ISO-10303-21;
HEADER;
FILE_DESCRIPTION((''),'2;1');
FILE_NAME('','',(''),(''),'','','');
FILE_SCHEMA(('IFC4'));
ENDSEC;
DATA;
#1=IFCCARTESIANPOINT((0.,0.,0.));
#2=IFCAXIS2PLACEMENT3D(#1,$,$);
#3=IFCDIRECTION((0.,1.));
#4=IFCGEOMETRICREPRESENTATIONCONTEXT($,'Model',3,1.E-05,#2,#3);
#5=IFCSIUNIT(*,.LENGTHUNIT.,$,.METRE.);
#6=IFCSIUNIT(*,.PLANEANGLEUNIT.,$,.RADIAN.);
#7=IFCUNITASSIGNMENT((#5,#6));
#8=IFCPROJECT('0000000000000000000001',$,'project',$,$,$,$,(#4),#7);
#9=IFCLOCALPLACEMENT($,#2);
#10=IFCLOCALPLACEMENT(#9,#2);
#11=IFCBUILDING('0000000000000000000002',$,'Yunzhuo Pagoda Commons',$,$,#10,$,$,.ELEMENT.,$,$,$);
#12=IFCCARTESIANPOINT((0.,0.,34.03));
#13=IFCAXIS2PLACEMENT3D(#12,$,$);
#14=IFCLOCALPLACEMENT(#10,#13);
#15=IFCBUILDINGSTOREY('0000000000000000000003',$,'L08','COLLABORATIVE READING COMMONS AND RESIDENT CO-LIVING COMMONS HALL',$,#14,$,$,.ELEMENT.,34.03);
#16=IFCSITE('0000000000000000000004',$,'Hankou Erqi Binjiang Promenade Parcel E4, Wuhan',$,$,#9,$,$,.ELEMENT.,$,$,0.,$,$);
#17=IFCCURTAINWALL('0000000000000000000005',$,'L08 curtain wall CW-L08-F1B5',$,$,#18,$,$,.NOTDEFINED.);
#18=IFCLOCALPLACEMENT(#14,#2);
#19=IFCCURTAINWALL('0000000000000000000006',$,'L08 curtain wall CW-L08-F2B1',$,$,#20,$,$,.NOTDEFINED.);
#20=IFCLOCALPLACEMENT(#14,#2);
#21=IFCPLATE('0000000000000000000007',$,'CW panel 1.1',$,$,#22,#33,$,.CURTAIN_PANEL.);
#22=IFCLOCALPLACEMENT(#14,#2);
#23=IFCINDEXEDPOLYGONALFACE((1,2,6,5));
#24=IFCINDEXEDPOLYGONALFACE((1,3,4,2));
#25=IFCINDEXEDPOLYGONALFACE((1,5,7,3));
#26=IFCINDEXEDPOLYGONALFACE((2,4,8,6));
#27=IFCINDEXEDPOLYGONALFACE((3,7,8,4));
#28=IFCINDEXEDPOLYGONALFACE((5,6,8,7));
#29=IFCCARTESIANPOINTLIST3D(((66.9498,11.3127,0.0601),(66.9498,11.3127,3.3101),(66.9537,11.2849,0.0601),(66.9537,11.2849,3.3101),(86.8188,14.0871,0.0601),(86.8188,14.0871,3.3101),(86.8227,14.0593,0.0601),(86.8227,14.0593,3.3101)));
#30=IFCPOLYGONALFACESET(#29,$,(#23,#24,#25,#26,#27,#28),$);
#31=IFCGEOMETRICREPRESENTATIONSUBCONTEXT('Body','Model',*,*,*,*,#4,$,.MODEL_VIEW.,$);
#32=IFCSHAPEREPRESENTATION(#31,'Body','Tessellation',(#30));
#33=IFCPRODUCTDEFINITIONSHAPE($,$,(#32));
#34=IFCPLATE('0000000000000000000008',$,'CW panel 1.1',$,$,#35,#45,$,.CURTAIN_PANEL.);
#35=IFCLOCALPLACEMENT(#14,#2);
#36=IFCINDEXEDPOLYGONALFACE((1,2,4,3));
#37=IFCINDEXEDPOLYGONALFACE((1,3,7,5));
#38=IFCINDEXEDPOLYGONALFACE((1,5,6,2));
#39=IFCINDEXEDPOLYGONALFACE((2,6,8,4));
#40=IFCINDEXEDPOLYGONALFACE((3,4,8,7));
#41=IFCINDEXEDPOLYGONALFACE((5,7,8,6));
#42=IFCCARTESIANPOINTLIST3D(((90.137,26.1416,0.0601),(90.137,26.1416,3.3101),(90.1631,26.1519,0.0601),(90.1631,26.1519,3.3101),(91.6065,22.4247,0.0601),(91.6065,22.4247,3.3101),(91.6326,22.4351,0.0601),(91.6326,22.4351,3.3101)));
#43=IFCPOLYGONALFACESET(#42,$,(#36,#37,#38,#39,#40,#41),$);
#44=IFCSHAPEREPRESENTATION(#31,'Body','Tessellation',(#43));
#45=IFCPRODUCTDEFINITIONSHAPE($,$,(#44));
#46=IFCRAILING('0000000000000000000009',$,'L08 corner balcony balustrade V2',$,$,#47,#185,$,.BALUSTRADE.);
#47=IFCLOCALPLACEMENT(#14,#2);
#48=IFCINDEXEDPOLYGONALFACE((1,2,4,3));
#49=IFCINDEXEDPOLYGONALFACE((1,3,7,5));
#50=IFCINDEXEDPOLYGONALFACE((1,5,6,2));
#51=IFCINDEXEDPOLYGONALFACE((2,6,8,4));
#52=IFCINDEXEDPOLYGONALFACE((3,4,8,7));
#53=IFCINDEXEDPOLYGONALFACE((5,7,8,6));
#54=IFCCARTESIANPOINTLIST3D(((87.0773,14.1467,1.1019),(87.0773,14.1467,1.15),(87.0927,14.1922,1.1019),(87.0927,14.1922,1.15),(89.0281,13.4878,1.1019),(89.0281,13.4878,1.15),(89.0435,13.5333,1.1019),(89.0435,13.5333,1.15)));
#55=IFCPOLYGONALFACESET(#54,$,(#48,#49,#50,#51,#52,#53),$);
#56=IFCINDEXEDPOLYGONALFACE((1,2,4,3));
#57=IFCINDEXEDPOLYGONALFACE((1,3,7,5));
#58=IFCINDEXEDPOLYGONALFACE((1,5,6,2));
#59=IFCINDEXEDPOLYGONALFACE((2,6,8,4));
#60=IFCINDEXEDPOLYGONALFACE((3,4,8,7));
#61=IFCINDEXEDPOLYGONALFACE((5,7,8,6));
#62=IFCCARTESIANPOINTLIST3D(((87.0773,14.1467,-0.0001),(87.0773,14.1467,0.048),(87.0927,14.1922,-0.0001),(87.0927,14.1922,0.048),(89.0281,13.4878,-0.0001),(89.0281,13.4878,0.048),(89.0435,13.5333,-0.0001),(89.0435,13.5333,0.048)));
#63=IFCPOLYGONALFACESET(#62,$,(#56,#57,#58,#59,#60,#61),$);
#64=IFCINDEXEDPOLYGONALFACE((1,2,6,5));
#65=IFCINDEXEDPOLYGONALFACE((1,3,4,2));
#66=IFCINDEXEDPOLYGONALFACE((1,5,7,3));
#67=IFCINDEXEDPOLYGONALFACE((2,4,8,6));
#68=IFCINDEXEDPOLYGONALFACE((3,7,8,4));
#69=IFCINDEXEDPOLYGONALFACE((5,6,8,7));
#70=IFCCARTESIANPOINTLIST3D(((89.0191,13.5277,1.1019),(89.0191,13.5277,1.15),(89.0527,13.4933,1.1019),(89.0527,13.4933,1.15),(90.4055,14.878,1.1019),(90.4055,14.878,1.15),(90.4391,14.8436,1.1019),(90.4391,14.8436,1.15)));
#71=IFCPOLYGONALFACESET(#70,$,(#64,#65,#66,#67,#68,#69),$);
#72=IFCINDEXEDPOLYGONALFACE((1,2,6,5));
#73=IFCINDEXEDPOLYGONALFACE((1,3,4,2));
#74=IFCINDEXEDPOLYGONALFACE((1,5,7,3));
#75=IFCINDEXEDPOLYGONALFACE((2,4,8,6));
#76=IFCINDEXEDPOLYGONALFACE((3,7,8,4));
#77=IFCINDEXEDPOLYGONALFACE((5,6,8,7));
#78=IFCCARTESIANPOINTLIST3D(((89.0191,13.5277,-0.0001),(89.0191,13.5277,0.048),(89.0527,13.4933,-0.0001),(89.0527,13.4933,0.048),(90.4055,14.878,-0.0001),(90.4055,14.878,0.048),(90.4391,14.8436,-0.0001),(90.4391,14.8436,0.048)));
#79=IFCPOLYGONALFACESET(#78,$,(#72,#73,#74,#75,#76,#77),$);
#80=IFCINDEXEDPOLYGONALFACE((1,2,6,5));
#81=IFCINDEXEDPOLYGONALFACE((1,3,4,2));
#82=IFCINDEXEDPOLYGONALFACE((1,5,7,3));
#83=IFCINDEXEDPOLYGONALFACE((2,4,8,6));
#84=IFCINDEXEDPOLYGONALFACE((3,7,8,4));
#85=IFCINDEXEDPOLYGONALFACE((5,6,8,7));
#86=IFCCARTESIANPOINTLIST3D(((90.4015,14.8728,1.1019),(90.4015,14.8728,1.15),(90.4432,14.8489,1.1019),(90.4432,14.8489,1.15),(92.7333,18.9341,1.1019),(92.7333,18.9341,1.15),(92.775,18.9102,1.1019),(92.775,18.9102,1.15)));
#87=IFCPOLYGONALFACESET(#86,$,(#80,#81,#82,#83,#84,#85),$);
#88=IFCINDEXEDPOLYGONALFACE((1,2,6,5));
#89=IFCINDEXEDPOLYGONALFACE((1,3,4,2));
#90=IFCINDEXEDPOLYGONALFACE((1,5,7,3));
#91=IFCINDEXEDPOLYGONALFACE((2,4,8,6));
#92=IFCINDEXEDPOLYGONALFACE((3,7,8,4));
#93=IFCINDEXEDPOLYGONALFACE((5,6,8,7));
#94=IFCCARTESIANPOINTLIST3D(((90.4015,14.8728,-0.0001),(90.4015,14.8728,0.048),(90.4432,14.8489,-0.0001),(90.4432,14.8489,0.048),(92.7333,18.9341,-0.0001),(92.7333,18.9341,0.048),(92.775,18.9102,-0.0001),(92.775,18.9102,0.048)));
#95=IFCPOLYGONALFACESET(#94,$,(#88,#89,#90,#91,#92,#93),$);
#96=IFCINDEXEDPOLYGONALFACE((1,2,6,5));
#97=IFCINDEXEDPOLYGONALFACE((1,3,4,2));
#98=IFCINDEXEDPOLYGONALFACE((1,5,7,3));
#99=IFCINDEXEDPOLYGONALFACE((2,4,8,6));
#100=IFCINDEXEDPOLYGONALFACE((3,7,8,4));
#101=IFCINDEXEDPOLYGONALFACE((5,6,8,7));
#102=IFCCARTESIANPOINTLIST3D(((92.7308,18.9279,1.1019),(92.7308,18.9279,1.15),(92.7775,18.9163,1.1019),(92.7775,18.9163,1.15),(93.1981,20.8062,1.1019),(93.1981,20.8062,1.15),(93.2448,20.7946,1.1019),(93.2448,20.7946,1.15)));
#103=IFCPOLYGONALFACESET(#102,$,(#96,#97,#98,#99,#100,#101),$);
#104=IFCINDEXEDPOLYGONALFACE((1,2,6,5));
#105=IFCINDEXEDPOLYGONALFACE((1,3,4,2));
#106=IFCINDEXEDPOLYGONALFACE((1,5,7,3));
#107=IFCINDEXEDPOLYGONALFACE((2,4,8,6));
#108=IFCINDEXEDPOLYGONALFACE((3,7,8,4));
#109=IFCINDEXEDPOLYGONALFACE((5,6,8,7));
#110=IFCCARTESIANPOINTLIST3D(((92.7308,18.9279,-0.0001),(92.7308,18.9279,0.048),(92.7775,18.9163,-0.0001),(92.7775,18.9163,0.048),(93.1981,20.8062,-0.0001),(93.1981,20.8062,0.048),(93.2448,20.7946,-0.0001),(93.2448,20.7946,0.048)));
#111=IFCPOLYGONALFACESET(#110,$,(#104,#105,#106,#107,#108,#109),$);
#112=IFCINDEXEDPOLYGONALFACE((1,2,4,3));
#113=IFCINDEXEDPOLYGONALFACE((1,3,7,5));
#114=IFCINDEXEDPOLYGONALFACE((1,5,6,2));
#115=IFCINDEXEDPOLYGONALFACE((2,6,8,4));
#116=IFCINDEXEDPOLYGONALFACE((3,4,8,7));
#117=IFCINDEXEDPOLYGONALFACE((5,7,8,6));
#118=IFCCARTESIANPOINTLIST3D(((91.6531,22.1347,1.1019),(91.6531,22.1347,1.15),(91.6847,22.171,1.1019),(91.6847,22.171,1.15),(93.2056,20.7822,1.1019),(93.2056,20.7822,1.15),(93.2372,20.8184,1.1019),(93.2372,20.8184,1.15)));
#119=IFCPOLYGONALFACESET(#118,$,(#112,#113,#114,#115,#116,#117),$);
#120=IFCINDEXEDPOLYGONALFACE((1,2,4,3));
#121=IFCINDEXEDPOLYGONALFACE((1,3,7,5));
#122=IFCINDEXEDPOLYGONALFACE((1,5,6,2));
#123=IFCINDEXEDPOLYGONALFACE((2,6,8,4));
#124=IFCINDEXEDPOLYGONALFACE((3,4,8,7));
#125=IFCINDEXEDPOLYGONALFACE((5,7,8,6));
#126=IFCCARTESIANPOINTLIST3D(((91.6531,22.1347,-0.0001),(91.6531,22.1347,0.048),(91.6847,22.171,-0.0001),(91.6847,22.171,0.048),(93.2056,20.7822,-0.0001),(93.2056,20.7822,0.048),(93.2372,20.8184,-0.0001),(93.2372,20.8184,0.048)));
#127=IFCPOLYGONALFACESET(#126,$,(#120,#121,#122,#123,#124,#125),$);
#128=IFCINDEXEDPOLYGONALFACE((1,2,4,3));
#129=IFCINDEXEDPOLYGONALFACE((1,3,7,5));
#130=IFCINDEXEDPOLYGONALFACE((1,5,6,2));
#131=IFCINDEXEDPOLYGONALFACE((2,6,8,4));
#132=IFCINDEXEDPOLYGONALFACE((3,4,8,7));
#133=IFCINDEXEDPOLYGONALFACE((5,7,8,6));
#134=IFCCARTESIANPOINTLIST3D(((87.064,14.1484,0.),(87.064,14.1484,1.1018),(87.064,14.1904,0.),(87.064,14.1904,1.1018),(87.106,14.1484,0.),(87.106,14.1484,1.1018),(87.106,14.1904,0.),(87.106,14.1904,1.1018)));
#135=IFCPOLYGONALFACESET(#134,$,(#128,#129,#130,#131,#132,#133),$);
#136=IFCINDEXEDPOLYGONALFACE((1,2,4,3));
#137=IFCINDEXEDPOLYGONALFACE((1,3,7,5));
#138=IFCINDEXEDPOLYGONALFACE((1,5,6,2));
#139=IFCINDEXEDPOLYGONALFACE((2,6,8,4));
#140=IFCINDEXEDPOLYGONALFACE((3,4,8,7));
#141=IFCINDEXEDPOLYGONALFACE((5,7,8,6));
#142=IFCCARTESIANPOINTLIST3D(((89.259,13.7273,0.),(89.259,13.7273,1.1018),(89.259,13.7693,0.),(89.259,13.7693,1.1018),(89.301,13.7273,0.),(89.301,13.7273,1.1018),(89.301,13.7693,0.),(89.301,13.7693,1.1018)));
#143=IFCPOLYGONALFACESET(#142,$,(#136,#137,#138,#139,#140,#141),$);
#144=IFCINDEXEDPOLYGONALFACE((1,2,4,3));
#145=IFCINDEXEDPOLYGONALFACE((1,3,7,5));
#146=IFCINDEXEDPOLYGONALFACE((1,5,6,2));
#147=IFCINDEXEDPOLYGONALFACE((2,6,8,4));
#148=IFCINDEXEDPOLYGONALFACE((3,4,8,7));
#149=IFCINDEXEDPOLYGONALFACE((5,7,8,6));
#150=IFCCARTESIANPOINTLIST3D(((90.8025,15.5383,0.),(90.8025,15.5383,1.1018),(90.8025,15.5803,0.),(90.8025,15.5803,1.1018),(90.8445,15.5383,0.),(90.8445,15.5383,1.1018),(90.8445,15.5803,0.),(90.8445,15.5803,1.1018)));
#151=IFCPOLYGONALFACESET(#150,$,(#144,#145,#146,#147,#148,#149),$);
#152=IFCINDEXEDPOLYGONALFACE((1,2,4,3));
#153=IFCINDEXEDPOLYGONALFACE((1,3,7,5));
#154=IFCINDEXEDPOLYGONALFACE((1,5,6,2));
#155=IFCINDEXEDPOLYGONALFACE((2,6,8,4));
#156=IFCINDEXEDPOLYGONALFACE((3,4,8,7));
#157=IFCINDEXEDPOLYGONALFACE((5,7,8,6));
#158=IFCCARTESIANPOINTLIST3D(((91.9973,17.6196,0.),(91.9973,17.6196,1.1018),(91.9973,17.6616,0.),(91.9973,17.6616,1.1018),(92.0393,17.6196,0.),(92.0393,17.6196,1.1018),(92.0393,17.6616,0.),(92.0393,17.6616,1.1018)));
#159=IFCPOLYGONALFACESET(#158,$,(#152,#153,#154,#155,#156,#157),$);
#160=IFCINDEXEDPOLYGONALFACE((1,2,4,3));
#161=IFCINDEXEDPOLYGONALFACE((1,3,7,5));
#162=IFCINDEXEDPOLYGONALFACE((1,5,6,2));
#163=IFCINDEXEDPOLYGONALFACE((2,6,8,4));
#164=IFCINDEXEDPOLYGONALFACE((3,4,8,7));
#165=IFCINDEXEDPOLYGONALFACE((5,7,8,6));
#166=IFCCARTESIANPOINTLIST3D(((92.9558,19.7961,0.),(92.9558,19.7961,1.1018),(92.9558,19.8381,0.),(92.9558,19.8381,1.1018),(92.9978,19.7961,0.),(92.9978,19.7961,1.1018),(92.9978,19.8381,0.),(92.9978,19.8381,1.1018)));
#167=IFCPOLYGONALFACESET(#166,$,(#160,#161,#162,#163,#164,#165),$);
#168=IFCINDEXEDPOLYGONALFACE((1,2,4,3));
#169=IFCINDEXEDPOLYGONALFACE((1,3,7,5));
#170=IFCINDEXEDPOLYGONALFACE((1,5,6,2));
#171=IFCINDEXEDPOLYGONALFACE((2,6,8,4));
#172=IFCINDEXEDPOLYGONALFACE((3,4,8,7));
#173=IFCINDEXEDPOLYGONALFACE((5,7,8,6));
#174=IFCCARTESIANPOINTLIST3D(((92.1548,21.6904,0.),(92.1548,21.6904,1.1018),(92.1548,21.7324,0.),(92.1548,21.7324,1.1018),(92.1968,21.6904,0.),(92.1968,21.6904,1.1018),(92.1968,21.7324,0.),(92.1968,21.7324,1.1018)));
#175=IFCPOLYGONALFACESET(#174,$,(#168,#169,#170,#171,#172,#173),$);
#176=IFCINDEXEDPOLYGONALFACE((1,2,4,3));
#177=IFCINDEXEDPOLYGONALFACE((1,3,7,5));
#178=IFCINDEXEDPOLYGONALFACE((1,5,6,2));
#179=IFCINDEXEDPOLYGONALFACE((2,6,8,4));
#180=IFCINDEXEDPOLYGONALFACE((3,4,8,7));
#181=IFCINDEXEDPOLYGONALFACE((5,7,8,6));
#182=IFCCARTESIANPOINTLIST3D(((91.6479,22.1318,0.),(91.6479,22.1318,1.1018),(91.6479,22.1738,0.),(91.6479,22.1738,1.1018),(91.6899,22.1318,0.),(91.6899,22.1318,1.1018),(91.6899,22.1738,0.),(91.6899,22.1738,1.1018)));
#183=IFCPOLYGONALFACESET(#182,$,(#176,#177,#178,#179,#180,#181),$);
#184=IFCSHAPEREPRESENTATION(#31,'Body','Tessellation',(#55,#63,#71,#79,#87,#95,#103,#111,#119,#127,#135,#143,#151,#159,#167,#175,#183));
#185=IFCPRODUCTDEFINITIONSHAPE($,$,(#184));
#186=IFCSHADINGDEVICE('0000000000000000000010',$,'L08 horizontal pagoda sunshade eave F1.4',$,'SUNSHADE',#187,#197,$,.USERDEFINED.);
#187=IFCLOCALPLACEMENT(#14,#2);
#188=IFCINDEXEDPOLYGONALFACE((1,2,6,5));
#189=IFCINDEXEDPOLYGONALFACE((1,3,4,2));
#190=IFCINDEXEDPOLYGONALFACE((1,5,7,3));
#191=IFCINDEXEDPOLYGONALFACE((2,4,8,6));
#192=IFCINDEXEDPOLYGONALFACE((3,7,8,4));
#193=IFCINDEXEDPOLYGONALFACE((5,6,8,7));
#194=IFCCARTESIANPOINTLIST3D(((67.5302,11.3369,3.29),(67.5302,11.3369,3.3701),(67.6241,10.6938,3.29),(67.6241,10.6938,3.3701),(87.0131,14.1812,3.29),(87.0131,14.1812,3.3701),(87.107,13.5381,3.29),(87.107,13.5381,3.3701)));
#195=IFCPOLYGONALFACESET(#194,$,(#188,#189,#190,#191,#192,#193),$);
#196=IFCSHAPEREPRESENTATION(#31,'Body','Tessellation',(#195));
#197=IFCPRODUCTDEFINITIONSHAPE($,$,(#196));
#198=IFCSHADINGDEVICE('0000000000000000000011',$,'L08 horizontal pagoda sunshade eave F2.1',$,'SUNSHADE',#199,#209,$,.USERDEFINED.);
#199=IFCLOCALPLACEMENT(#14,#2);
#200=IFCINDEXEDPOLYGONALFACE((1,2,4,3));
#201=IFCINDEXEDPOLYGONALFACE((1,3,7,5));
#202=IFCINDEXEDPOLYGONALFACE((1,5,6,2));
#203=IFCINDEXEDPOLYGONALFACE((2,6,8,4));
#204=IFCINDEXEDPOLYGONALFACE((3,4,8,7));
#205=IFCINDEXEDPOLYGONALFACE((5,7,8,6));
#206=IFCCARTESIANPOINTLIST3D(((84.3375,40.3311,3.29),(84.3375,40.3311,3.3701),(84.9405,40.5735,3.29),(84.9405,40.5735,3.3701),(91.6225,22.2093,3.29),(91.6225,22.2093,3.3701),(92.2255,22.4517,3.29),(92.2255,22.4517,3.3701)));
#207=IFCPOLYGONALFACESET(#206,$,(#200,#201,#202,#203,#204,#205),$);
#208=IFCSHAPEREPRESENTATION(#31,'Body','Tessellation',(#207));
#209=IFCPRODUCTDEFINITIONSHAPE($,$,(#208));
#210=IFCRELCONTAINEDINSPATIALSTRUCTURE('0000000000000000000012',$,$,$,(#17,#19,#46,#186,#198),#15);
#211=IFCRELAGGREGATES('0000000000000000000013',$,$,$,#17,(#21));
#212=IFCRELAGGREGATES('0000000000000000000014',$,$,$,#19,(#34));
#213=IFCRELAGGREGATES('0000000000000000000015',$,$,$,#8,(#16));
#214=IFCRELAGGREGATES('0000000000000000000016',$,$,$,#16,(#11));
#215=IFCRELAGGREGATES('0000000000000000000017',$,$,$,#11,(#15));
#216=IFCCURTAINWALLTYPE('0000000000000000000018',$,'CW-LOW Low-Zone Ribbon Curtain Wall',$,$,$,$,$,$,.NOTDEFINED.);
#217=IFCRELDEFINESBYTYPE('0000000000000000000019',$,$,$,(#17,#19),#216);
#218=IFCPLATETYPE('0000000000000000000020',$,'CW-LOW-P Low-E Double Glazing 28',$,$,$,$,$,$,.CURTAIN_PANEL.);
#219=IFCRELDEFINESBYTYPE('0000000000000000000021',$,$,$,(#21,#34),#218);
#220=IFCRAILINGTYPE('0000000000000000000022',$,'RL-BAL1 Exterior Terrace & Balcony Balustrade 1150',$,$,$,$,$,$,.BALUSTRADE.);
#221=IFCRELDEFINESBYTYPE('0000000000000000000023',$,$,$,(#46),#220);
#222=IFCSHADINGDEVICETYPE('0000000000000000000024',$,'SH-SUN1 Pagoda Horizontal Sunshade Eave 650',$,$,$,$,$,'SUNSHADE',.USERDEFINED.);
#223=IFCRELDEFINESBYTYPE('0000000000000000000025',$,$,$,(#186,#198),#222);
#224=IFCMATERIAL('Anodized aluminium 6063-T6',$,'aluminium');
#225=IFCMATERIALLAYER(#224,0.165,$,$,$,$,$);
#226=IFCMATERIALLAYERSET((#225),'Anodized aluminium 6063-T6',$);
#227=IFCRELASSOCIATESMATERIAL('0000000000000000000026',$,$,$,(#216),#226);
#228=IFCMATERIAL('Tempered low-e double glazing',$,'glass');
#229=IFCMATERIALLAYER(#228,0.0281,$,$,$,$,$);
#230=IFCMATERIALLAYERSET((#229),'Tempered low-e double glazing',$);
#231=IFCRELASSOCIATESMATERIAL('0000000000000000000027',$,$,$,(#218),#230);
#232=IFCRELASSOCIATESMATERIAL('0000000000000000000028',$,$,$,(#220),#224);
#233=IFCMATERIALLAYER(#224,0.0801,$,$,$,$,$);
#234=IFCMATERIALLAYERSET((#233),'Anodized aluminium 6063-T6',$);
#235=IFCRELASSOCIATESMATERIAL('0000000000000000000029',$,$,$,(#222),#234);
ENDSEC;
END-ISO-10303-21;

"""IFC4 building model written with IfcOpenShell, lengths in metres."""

from ifc_helpers import new_model, si_unit, direction, frame, origin, origin_2d, place, context, subcontext, project, spatial, rectangle, extrude, source, transform, mapped, material, layer, layer_set, type_object, element, aggregate, save


model = new_model("IFC4")

# Units and contexts
model_context = context("Model", 3, precision=1e-05, world=origin(), true_north=direction((0.0, 1.0)))
body_context = subcontext(model_context, "Body", "Model", "MODEL_VIEW")
ifc_project = project(units=[si_unit("LENGTHUNIT", "METRE"), si_unit("PLANEANGLEUNIT", "RADIAN")], contexts=[model_context])

# Site, building, storey
site_placement = place(None, origin())
site = spatial("IfcSite", under=ifc_project, at=site_placement, Name="Hankou Erqi Binjiang Promenade Parcel E4, Wuhan", CompositionType="ELEMENT", RefElevation=0.0)
building_placement = place(site_placement, origin())
building = spatial("IfcBuilding", under=site, at=building_placement, Name="Yunzhuo Pagoda Commons", CompositionType="ELEMENT")
storey_placement = place(building_placement, frame((0.0, 0.0, 34.03)))
storey = spatial("IfcBuildingStorey", under=building, at=storey_placement, Name="L08", Description="COLLABORATIVE READING COMMONS AND RESIDENT CO-LIVING COMMONS HALL", CompositionType="ELEMENT", Elevation=34.03)

# Curtain wall
ifc_material_1 = material(Name="Anodized aluminium 6063-T6", Category="aluminium")
ifc_layer_1 = layer(ifc_material_1, 0.165)
ifc_layer_set_1 = layer_set([ifc_layer_1], Name="Anodized aluminium 6063-T6")
curtain_wall_type = type_object("IfcCurtainWallType", Name="CW-LOW Low-Zone Ribbon Curtain Wall", PredefinedType="NOTDEFINED", material=ifc_layer_set_1)
curtain_wall_1_placement = place(storey_placement, origin())
curtain_wall_1 = element("IfcCurtainWall", 1, at=curtain_wall_1_placement, inside=storey, type_object=curtain_wall_type, Name="L08 curtain wall CW-L08-F1B5", PredefinedType="NOTDEFINED")

# Curtain wall
curtain_wall_2_placement = place(storey_placement, origin())
curtain_wall_2 = element("IfcCurtainWall", 2, at=curtain_wall_2_placement, inside=storey, type_object=curtain_wall_type, Name="L08 curtain wall CW-L08-F2B1", PredefinedType="NOTDEFINED")

# Shared definitions
ifc_material_2 = material(Name="Tempered low-e double glazing", Category="glass")
ifc_layer_2 = layer(ifc_material_2, 0.0281)
ifc_layer_set_2 = layer_set([ifc_layer_2], Name="Tempered low-e double glazing")
plate_type_1 = type_object("IfcPlateType", Name="CW-LOW-P Low-E Double Glazing 28", PredefinedType="CURTAIN_PANEL", material=ifc_layer_set_2)

# Plates
shared_shape_1 = source(origin(), body_context, "Body", "SweptSolid", [
    extrude(rectangle(XDim=20.0618, YDim=0.0281, at=origin_2d()), origin(), (0.0, 0.0, 1.0), 3.25),
])
plate_1_placement = place(storey_placement, frame((76.8862, 12.686, 0.0601), z_axis=(0.0, 0.0, 1.0), x_axis=(0.990391, 0.138294, 0.0)))
plate_1 = element("IfcPlate", 3, at=plate_1_placement, type_object=plate_type_1, Name="CW panel 1.1", PredefinedType="CURTAIN_PANEL", context=body_context, shape_type="MappedRepresentation", body=[
    mapped(shared_shape_1, transform((0.0, 0.0, 0.0), scale=1.0)),
])
aggregate(curtain_wall_1, [plate_1])
shared_shape_2 = source(origin(), body_context, "Body", "SweptSolid", [
    extrude(rectangle(XDim=3.9968, YDim=0.0281, at=origin_2d()), origin(), (0.0, 0.0, 1.0), 3.25),
])
plate_2_placement = place(storey_placement, frame((90.8848, 24.2883, 0.0601), z_axis=(0.0, 0.0, 1.0), x_axis=(-0.367665, 0.929958, 0.0)))
plate_2 = element("IfcPlate", 4, at=plate_2_placement, type_object=plate_type_1, Name="CW panel 1.1", PredefinedType="CURTAIN_PANEL", context=body_context, shape_type="MappedRepresentation", body=[
    mapped(shared_shape_2, transform((0.0, 0.0, 0.0), scale=1.0)),
])
aggregate(curtain_wall_2, [plate_2])

# Railing
railing_type = type_object("IfcRailingType", Name="RL-BAL1 Exterior Terrace & Balcony Balustrade 1150", PredefinedType="BALUSTRADE", material=ifc_material_1)
railing_placement = place(storey_placement, frame((87.085, 14.1694, 0.0)))
element("IfcRailing", 5, at=railing_placement, inside=storey, type_object=railing_type, Name="L08 corner balcony balustrade V2", PredefinedType="BALUSTRADE", context=body_context, shape_type="SweptSolid", body=[
    extrude(rectangle(XDim=0.0481, YDim=0.0481, at=origin_2d()), frame((0.0, 0.0, 1.126), z_axis=(0.947419, -0.319996, 0.0), x_axis=(0.319996, 0.947419, 0.0)), (0.0, 0.0, 1.0), 2.0591),
    extrude(rectangle(XDim=0.0481, YDim=0.0481, at=origin_2d()), frame((0.0, 0.0, 0.0239), z_axis=(0.947419, -0.319996, 0.0), x_axis=(0.319996, 0.947419, 0.0)), (0.0, 0.0, 1.0), 2.0591),
    extrude(rectangle(XDim=0.0481, YDim=0.0481, at=origin_2d()), frame((1.9509, -0.6589, 1.126), z_axis=(0.71638, 0.69771, 0.0), x_axis=(-0.69771, 0.71638, 0.0)), (0.0, 0.0, 1.0), 1.9353),
    extrude(rectangle(XDim=0.0481, YDim=0.0481, at=origin_2d()), frame((1.9509, -0.6589, 0.0239), z_axis=(0.71638, 0.69771, 0.0), x_axis=(-0.69771, 0.71638, 0.0)), (0.0, 0.0, 1.0), 1.9353),
    extrude(rectangle(XDim=0.0481, YDim=0.0481, at=origin_2d()), frame((3.3374, 0.6914, 1.126), z_axis=(0.497918, 0.867224, 0.0), x_axis=(-0.867224, 0.497918, 0.0)), (0.0, 0.0, 1.0), 4.6831),
    extrude(rectangle(XDim=0.0481, YDim=0.0481, at=origin_2d()), frame((3.3374, 0.6914, 0.0239), z_axis=(0.497918, 0.867224, 0.0), x_axis=(-0.867224, 0.497918, 0.0)), (0.0, 0.0, 1.0), 4.6831),
    extrude(rectangle(XDim=0.0481, YDim=0.0481, at=origin_2d()), frame((5.6692, 4.7527, 1.126), z_axis=(0.241437, 0.970416, 0.0), x_axis=(-0.970416, 0.241437, 0.0)), (0.0, 0.0, 1.0), 1.9355),
    extrude(rectangle(XDim=0.0481, YDim=0.0481, at=origin_2d()), frame((5.6692, 4.7527, 0.0239), z_axis=(0.241437, 0.970416, 0.0), x_axis=(-0.970416, 0.241437, 0.0)), (0.0, 0.0, 1.0), 1.9355),
    extrude(rectangle(XDim=0.0481, YDim=0.0481, at=origin_2d()), frame((6.1365, 6.6309, 1.126), z_axis=(-0.753993, 0.656883, 0.0), x_axis=(-0.656883, -0.753993, 0.0)), (0.0, 0.0, 1.0), 2.0591),
    extrude(rectangle(XDim=0.0481, YDim=0.0481, at=origin_2d()), frame((6.1365, 6.6309, 0.0239), z_axis=(-0.753993, 0.656883, 0.0), x_axis=(-0.656883, -0.753993, 0.0)), (0.0, 0.0, 1.0), 2.0591),
    extrude(rectangle(XDim=0.042, YDim=0.042, at=origin_2d()), origin(), (0.0, 0.0, 1.0), 1.1018),
    extrude(rectangle(XDim=0.042, YDim=0.042, at=origin_2d()), frame((2.1951, -0.4211, 0.0)), (0.0, 0.0, 1.0), 1.1018),
    extrude(rectangle(XDim=0.042, YDim=0.042, at=origin_2d()), frame((3.7385, 1.3899, 0.0)), (0.0, 0.0, 1.0), 1.1018),
    extrude(rectangle(XDim=0.042, YDim=0.042, at=origin_2d()), frame((4.9333, 3.4712, 0.0)), (0.0, 0.0, 1.0), 1.1018),
    extrude(rectangle(XDim=0.042, YDim=0.042, at=origin_2d()), frame((5.8918, 5.6477, 0.0)), (0.0, 0.0, 1.0), 1.1018),
    extrude(rectangle(XDim=0.042, YDim=0.042, at=origin_2d()), frame((5.0908, 7.542, 0.0)), (0.0, 0.0, 1.0), 1.1018),
    extrude(rectangle(XDim=0.042, YDim=0.042, at=origin_2d()), frame((4.584, 7.9834, 0.0)), (0.0, 0.0, 1.0), 1.1018),
])

# Shading devices
ifc_layer_3 = layer(ifc_material_1, 0.0801)
ifc_layer_set_3 = layer_set([ifc_layer_3], Name="Anodized aluminium 6063-T6")
shading_device_type = type_object("IfcShadingDeviceType", Name="SH-SUN1 Pagoda Horizontal Sunshade Eave 650", ElementType="SUNSHADE", PredefinedType="USERDEFINED", material=ifc_layer_set_3)
shared_shape_3 = source(origin(), body_context, "Body", "SweptSolid", [
    extrude(rectangle(XDim=19.6895, YDim=0.6499, at=origin_2d()), origin(), (0.0, 0.0, 1.0), 0.0801),
])
shading_device_1_placement = place(storey_placement, frame((77.3186, 12.4375, 3.29), z_axis=(0.0, 0.0, 1.0), x_axis=(0.989511, 0.14446, 0.0)))
element("IfcShadingDevice", 6, at=shading_device_1_placement, inside=storey, type_object=shading_device_type, Name="L08 horizontal pagoda sunshade eave F1.4", ObjectType="SUNSHADE", PredefinedType="USERDEFINED", context=body_context, shape_type="MappedRepresentation", body=[
    mapped(shared_shape_3, transform((0.0, 0.0, 0.0), scale=1.0)),
])
shared_shape_4 = source(origin(), body_context, "Body", "SweptSolid", [
    extrude(rectangle(XDim=19.5312, YDim=0.6499, at=origin_2d()), origin(), (0.0, 0.0, 1.0), 0.0801),
])
shading_device_2_placement = place(storey_placement, frame((88.2815, 31.3914, 3.29), z_axis=(0.0, 0.0, 1.0), x_axis=(-0.372988, 0.927836, 0.0)))
element("IfcShadingDevice", 7, at=shading_device_2_placement, inside=storey, type_object=shading_device_type, Name="L08 horizontal pagoda sunshade eave F2.1", ObjectType="SUNSHADE", PredefinedType="USERDEFINED", context=body_context, shape_type="MappedRepresentation", body=[
    mapped(shared_shape_4, transform((0.0, 0.0, 0.0), scale=1.0)),
])

save(model, "model.ifc")
